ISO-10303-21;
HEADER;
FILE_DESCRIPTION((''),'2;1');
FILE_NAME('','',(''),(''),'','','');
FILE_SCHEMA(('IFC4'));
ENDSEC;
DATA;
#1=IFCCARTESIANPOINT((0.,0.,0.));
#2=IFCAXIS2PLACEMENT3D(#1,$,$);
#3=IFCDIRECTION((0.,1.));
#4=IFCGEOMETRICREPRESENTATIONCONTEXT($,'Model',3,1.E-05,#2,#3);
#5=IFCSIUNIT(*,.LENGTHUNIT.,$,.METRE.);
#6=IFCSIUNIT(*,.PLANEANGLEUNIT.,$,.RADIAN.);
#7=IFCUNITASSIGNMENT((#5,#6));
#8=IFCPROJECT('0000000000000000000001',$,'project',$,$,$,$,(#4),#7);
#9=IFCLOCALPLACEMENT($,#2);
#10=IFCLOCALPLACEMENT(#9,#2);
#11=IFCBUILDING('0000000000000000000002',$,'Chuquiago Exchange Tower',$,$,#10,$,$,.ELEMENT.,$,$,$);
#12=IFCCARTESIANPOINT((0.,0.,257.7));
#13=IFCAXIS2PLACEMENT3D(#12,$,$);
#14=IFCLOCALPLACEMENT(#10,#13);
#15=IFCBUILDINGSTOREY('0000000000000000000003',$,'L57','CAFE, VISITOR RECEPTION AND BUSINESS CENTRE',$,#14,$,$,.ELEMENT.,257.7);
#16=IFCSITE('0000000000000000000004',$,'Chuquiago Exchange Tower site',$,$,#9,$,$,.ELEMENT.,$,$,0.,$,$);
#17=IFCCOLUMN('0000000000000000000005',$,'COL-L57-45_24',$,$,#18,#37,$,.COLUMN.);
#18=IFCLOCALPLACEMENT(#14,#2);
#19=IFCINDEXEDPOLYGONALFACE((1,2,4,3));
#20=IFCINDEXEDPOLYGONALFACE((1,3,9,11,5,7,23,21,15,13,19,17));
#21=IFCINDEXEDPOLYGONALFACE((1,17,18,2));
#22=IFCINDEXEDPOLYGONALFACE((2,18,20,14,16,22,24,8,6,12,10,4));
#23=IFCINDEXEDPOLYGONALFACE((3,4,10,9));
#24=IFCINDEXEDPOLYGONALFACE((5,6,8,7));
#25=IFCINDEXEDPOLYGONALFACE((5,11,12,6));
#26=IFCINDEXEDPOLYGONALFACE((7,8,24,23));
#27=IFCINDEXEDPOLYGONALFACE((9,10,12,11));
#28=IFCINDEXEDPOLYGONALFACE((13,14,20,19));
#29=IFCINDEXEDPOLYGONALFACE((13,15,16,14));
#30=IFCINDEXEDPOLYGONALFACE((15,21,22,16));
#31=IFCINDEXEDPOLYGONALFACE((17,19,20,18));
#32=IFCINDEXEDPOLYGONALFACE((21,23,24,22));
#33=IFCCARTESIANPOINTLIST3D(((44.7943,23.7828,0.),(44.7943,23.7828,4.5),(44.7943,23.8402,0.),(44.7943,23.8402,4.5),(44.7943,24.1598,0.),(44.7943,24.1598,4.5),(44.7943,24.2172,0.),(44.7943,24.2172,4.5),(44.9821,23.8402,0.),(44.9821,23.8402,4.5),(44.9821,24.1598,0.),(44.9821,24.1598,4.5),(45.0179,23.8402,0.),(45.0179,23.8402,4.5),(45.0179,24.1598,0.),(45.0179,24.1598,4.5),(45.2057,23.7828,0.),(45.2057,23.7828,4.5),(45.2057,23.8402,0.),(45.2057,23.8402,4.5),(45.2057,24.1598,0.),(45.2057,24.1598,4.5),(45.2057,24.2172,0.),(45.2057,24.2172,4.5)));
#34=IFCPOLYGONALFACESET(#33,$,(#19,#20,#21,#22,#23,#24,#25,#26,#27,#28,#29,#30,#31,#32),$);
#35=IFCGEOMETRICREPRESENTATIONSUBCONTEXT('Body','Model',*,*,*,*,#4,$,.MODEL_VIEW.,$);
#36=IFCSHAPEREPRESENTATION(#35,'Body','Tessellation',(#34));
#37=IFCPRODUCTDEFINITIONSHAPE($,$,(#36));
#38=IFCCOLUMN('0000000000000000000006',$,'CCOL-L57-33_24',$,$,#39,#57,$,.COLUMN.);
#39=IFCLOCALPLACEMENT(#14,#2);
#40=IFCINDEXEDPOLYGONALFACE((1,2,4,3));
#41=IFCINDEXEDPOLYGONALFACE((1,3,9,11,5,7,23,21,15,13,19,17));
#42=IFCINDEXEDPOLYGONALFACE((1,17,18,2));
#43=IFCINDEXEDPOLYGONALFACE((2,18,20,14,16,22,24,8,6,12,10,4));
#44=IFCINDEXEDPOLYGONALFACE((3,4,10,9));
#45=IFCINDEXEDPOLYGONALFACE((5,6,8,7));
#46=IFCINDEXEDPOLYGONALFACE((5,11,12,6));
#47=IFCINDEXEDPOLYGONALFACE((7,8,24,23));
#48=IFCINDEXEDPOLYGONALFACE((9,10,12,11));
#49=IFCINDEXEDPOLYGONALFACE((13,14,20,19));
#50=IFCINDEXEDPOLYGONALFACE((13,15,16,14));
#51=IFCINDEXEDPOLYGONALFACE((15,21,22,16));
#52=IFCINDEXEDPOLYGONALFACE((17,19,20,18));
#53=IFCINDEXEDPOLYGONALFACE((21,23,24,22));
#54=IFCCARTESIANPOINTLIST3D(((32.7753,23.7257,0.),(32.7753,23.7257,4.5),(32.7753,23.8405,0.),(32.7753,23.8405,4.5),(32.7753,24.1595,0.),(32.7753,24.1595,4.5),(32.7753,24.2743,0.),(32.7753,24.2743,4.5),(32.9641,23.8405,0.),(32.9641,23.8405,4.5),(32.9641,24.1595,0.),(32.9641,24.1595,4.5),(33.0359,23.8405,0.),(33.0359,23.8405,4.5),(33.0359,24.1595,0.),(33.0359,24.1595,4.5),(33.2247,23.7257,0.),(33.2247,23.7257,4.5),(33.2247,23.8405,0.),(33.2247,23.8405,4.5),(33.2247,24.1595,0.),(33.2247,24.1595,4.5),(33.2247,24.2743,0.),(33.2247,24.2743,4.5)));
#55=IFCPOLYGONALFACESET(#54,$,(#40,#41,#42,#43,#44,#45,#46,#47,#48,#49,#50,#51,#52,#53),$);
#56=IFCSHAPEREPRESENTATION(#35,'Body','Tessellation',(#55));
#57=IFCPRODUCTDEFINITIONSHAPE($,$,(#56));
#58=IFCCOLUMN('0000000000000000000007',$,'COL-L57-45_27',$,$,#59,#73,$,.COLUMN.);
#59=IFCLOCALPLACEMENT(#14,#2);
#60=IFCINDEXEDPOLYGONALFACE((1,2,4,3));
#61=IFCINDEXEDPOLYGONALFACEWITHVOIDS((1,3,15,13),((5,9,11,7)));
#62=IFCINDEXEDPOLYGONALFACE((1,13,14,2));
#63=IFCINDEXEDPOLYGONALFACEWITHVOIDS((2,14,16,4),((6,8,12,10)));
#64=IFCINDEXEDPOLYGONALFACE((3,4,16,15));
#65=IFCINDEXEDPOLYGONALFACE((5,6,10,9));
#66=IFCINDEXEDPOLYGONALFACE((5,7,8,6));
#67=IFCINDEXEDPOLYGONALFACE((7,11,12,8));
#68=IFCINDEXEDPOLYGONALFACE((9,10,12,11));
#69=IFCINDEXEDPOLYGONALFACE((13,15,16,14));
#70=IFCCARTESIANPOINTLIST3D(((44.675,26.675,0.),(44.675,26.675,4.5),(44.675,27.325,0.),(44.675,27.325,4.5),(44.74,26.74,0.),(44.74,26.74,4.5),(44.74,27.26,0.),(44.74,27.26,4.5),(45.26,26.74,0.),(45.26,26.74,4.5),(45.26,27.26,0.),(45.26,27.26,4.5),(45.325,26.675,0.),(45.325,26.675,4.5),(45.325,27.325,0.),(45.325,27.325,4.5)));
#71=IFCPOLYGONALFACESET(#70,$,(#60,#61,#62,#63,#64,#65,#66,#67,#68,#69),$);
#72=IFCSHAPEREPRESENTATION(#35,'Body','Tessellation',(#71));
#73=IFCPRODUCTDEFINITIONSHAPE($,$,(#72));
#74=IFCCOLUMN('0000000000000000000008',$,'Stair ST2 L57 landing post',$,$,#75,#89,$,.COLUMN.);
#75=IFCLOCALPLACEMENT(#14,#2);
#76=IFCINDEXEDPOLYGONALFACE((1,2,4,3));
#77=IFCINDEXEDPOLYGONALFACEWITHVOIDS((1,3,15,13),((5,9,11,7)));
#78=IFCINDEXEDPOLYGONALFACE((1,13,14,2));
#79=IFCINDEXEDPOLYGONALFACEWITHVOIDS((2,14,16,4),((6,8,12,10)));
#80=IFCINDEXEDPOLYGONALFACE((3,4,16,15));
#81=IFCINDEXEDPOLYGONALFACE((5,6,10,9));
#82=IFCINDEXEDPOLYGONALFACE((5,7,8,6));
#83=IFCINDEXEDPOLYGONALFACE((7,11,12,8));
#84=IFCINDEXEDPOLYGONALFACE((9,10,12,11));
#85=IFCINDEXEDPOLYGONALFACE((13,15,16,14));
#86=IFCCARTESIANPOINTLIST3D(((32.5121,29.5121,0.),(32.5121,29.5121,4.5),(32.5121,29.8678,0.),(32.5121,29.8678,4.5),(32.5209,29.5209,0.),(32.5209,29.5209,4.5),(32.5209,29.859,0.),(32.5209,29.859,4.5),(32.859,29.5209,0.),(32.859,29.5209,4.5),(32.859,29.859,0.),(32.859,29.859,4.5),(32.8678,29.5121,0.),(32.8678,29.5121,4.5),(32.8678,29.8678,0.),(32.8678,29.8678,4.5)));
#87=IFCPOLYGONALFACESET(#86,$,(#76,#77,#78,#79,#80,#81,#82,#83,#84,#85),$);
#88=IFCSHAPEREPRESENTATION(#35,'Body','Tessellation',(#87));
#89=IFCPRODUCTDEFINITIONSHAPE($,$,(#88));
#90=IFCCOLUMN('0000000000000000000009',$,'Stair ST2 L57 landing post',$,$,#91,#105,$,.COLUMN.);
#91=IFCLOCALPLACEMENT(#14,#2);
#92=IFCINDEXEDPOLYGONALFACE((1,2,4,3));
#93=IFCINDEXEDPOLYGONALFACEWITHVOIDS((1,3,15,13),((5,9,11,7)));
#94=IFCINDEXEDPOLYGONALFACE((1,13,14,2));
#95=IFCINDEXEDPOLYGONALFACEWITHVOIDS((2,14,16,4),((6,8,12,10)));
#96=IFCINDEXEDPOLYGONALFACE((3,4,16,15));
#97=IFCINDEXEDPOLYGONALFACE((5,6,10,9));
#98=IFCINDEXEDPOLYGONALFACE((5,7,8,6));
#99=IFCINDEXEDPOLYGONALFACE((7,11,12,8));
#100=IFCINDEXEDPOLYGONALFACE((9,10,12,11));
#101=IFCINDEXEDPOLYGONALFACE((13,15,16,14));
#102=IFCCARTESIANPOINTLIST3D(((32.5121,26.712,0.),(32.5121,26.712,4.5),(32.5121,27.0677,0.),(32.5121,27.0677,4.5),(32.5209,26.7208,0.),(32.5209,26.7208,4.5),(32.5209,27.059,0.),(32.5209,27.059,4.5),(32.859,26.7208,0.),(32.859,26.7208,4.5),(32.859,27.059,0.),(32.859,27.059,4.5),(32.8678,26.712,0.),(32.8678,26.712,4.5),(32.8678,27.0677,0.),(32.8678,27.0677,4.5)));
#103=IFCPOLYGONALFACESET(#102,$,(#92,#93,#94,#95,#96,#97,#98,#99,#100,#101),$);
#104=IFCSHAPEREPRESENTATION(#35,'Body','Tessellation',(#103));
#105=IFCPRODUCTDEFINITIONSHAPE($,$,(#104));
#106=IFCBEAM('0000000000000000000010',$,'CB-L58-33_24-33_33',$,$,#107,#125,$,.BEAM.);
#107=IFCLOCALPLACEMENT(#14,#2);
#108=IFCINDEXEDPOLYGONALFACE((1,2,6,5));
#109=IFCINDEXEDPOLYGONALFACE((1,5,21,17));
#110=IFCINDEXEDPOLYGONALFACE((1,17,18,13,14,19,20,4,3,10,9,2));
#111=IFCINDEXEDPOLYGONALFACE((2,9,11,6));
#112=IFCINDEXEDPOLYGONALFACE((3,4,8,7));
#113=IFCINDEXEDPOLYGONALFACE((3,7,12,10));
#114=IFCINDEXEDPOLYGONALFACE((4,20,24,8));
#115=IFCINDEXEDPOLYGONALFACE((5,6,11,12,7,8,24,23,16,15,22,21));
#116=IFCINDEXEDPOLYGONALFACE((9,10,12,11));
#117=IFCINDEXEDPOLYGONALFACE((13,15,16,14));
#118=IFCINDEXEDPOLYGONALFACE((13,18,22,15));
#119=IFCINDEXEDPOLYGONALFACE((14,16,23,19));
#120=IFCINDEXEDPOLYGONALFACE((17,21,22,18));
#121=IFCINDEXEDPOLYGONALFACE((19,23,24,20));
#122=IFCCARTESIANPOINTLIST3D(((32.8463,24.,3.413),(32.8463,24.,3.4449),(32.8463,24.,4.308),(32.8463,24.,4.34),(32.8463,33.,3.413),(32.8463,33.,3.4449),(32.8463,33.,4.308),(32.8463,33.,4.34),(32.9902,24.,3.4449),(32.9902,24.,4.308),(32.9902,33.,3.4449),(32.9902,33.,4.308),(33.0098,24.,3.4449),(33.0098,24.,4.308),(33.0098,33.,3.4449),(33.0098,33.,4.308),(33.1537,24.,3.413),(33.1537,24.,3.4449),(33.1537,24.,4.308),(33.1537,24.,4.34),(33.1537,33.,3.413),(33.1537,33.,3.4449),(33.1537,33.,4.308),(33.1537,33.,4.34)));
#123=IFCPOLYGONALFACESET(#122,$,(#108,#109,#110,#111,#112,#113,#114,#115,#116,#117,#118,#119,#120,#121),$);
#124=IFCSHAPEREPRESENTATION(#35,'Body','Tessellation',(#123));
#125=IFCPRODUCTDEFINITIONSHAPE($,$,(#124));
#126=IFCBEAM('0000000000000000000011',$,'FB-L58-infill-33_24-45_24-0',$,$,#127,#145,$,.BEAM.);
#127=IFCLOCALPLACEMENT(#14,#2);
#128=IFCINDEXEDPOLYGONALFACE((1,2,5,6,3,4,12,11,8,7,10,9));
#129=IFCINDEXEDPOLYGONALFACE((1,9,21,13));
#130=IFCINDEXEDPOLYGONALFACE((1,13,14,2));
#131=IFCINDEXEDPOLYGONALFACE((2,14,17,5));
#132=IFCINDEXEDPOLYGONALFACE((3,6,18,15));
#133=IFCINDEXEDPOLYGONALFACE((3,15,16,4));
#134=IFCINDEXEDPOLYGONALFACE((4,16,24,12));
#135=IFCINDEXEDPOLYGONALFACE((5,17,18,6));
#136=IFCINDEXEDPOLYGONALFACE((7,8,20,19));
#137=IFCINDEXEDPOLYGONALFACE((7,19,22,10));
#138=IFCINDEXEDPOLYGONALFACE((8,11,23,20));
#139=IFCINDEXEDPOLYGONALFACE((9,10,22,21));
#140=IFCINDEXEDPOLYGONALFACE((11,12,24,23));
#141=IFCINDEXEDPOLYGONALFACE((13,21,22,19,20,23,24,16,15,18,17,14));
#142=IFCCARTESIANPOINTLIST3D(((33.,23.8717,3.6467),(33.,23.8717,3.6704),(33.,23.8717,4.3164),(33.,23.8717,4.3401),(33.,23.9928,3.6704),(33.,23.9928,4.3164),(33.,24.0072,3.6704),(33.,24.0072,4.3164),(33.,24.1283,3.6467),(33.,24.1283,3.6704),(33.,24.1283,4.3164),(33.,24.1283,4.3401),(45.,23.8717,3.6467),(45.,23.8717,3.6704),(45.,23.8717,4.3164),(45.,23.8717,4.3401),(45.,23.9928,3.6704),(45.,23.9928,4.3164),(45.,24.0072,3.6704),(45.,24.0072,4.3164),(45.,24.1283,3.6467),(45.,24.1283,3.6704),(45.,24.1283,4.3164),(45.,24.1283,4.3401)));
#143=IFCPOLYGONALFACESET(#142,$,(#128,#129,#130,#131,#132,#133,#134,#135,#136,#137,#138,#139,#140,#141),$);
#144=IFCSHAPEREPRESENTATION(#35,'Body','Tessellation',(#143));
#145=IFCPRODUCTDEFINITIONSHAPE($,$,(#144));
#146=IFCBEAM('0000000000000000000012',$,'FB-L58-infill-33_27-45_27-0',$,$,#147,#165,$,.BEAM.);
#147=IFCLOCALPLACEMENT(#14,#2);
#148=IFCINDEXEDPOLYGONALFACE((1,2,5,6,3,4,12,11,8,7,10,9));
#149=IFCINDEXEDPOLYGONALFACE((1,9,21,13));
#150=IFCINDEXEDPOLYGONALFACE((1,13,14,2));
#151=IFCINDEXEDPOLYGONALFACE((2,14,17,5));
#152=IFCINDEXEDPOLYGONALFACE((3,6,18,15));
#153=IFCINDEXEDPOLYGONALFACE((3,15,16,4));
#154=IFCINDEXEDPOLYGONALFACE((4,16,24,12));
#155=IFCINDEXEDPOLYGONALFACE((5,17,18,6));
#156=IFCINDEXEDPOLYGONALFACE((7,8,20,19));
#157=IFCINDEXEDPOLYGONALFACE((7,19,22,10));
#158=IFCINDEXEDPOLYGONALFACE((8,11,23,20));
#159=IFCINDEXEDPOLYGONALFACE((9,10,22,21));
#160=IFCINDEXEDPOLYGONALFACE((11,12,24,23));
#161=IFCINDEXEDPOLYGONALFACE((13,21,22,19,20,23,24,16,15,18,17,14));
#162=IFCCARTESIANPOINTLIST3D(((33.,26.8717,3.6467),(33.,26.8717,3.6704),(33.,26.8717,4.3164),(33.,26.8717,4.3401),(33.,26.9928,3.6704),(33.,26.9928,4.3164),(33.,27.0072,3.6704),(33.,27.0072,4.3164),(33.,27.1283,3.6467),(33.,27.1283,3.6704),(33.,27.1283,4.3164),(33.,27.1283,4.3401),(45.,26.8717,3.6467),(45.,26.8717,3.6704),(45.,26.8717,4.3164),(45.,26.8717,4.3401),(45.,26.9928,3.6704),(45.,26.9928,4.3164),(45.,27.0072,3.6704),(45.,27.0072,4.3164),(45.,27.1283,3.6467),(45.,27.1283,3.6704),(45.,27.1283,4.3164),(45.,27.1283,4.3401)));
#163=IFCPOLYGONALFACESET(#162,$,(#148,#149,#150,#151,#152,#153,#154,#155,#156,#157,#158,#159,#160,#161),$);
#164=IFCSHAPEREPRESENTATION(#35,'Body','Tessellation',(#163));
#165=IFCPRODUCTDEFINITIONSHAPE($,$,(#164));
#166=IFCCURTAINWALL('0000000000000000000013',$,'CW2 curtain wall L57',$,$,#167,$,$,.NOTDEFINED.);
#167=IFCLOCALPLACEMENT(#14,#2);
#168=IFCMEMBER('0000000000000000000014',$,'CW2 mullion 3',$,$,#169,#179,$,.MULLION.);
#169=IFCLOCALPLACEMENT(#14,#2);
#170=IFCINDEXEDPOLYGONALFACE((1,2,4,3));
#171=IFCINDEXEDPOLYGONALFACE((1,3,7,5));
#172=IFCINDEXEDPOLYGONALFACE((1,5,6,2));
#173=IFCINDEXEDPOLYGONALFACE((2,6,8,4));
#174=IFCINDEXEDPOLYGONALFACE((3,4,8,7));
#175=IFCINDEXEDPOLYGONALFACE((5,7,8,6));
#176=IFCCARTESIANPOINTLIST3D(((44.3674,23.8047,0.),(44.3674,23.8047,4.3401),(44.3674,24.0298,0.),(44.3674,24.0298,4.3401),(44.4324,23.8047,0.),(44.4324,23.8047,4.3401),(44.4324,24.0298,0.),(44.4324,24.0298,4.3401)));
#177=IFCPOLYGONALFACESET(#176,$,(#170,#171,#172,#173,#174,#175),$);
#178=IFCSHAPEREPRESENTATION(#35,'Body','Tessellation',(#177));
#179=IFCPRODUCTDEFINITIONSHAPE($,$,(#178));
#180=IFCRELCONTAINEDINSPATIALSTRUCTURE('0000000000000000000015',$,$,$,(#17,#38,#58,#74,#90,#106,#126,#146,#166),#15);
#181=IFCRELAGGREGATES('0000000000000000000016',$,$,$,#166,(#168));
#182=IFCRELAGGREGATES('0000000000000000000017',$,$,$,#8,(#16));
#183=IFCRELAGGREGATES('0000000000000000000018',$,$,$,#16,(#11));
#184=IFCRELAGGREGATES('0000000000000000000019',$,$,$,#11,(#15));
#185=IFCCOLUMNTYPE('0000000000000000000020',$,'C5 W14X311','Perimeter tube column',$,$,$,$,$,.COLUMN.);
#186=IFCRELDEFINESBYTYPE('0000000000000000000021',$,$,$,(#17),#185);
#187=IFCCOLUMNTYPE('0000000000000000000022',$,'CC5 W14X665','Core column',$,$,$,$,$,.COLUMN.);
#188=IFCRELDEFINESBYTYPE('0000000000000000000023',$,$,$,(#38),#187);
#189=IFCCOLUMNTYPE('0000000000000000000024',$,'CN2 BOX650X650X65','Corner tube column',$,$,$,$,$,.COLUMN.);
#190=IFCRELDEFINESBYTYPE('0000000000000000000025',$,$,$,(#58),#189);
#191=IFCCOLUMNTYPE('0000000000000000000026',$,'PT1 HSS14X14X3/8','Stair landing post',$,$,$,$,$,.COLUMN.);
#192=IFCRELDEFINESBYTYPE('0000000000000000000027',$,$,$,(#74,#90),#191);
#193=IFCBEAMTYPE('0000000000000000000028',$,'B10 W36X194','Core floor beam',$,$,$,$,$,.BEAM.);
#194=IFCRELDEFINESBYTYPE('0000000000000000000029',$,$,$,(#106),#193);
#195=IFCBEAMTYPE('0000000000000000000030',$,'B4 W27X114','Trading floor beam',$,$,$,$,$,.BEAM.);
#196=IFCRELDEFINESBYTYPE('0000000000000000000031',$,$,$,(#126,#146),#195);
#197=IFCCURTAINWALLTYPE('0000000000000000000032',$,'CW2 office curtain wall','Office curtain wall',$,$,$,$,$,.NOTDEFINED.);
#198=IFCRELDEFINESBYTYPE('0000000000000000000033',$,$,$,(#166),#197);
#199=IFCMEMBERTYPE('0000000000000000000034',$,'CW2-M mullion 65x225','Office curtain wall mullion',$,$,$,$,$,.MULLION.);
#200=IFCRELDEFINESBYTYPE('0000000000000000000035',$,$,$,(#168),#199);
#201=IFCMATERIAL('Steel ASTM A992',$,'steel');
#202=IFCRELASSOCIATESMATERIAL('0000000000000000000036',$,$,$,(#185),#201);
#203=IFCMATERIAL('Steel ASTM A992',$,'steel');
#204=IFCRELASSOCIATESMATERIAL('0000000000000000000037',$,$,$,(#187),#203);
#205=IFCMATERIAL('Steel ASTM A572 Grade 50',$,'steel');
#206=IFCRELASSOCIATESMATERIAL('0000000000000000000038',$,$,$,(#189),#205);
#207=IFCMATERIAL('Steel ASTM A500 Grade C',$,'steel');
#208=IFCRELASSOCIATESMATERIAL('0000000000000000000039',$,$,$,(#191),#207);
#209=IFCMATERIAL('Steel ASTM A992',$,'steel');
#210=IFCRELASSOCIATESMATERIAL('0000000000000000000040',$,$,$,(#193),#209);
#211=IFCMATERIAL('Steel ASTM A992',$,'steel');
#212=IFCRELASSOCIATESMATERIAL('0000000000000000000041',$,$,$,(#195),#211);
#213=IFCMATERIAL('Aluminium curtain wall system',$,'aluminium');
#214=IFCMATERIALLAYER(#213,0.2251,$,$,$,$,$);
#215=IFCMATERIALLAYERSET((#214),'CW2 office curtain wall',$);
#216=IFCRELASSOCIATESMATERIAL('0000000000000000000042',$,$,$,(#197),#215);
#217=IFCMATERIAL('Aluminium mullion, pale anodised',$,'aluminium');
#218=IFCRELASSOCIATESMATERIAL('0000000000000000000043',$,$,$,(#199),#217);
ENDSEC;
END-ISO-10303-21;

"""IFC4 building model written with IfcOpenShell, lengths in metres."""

from ifc_helpers import new_model, si_unit, direction, frame, origin, origin_2d, place, context, subcontext, project, spatial, rectangle, hollow_rectangle, i_section, extrude, material, layer, layer_set, material_profile, profile_set, type_object, element, aggregate, save


model = new_model("IFC4")

# Units and contexts
model_context = context("Model", 3, precision=1e-05, world=origin(), true_north=direction((0.0, 1.0)))
body_context = subcontext(model_context, "Body", "Model", "MODEL_VIEW")
ifc_project = project(units=[si_unit("LENGTHUNIT", "METRE"), si_unit("PLANEANGLEUNIT", "RADIAN")], contexts=[model_context])

# Site, building, storey
site_placement = place(None, origin())
site = spatial("IfcSite", under=ifc_project, at=site_placement, Name="Chuquiago Exchange Tower site", CompositionType="ELEMENT", RefElevation=0.0)
building_placement = place(site_placement, origin())
building = spatial("IfcBuilding", under=site, at=building_placement, Name="Chuquiago Exchange Tower", CompositionType="ELEMENT")
storey_placement = place(building_placement, frame((0.0, 0.0, 257.7)))
storey = spatial("IfcBuildingStorey", under=building, at=storey_placement, Name="L57", Description="CAFE, VISITOR RECEPTION AND BUSINESS CENTRE", CompositionType="ELEMENT", Elevation=257.7)

# Columns
ifc_material_1 = material(Name="Steel ASTM A992", Category="steel")
ifc_material_profile_1 = material_profile(ifc_material_1, i_section(OverallWidth=0.4114, OverallDepth=0.4343, WebThickness=0.0359, FlangeThickness=0.0574, at=origin_2d()), Name="W14X311")
ifc_profile_set_1 = profile_set([ifc_material_profile_1], Name="Steel ASTM A992")
column_type_1 = type_object("IfcColumnType", Name="C5 W14X311", Description="Perimeter tube column", PredefinedType="COLUMN", material=ifc_profile_set_1)
column_1_placement = place(storey_placement, frame((45.0, 24.0, 0.0), z_axis=(0.0, 0.0, 1.0), x_axis=(1.0, 0.0, 0.0)))
element("IfcColumn", 1, at=column_1_placement, inside=storey, type_object=column_type_1, Name="COL-L57-45_24", PredefinedType="COLUMN", context=body_context, shape_type="SweptSolid", body=[
    extrude(i_section(OverallWidth=0.4114, OverallDepth=0.4343, WebThickness=0.0359, FlangeThickness=0.0574, at=origin_2d()), origin(), (0.0, 0.0, 1.0), 4.5),
])
ifc_material_2 = material(Name="Steel ASTM A992", Category="steel")
ifc_material_profile_2 = material_profile(ifc_material_2, i_section(OverallWidth=0.4495, OverallDepth=0.5486, WebThickness=0.0718, FlangeThickness=0.1147, at=origin_2d()), Name="W14X665")
ifc_profile_set_2 = profile_set([ifc_material_profile_2], Name="Steel ASTM A992")
column_type_2 = type_object("IfcColumnType", Name="CC5 W14X665", Description="Core column", PredefinedType="COLUMN", material=ifc_profile_set_2)
column_2_placement = place(storey_placement, frame((33.0, 24.0, 0.0), z_axis=(0.0, 0.0, 1.0), x_axis=(1.0, 0.0, 0.0)))
element("IfcColumn", 2, at=column_2_placement, inside=storey, type_object=column_type_2, Name="CCOL-L57-33_24", PredefinedType="COLUMN", context=body_context, shape_type="SweptSolid", body=[
    extrude(i_section(OverallWidth=0.4495, OverallDepth=0.5486, WebThickness=0.0718, FlangeThickness=0.1147, at=origin_2d()), origin(), (0.0, 0.0, 1.0), 4.5),
])
ifc_material_3 = material(Name="Steel ASTM A572 Grade 50", Category="steel")
ifc_material_profile_3 = material_profile(ifc_material_3, hollow_rectangle(XDim=0.6499, YDim=0.6499, WallThickness=0.0649, at=origin_2d()), Name="BOX650X650X65")
ifc_profile_set_3 = profile_set([ifc_material_profile_3], Name="Steel ASTM A572 Grade 50")
column_type_3 = type_object("IfcColumnType", Name="CN2 BOX650X650X65", Description="Corner tube column", PredefinedType="COLUMN", material=ifc_profile_set_3)
column_3_placement = place(storey_placement, frame((45.0, 27.0, 0.0), z_axis=(0.0, 0.0, 1.0), x_axis=(1.0, 0.0, 0.0)))
element("IfcColumn", 3, at=column_3_placement, inside=storey, type_object=column_type_3, Name="COL-L57-45_27", PredefinedType="COLUMN", context=body_context, shape_type="SweptSolid", body=[
    extrude(hollow_rectangle(XDim=0.6499, YDim=0.6499, WallThickness=0.0649, at=origin_2d()), origin(), (0.0, 0.0, 1.0), 4.5),
])
ifc_material_4 = material(Name="Steel ASTM A500 Grade C", Category="steel")
ifc_material_profile_4 = material_profile(ifc_material_4, hollow_rectangle(XDim=0.3557, YDim=0.3557, WallThickness=0.0088, at=origin_2d()), Name="HSS14X14X3/8")
ifc_profile_set_4 = profile_set([ifc_material_profile_4], Name="Steel ASTM A500 Grade C")
column_type_4 = type_object("IfcColumnType", Name="PT1 HSS14X14X3/8", Description="Stair landing post", PredefinedType="COLUMN", material=ifc_profile_set_4)
for number, where, z_axis, x_axis, name in (
    (4, (32.6899, 29.6899, 0.0), (0.0, 0.0, 1.0), (1.0, 0.0, 0.0), "Stair ST2 L57 landing post"),
    (5, (32.6899, 26.8899, 0.0), (0.0, 0.0, 1.0), (1.0, 0.0, 0.0), "Stair ST2 L57 landing post"),
):
    element("IfcColumn", number, at=place(storey_placement, frame(where, z_axis=z_axis, x_axis=x_axis)), inside=storey, type_object=column_type_4, Name=name, PredefinedType="COLUMN", context=body_context, shape_type="SweptSolid", body=[
        extrude(hollow_rectangle(XDim=0.3557, YDim=0.3557, WallThickness=0.0088, at=origin_2d()), origin(), (0.0, 0.0, 1.0), 4.5),
    ])

# Beams
ifc_material_5 = material(Name="Steel ASTM A992", Category="steel")
ifc_material_profile_5 = material_profile(ifc_material_5, i_section(OverallWidth=0.3074, OverallDepth=0.927, WebThickness=0.0195, FlangeThickness=0.032, at=origin_2d()), Name="W36X194")
ifc_profile_set_5 = profile_set([ifc_material_profile_5], Name="Steel ASTM A992")
beam_type_1 = type_object("IfcBeamType", Name="B10 W36X194", Description="Core floor beam", PredefinedType="BEAM", material=ifc_profile_set_5)
beam_1_placement = place(storey_placement, frame((33.0, 24.0, 3.8765), z_axis=(0.0, 1.0, 0.0), x_axis=(-1.0, 0.0, 0.0)))
element("IfcBeam", 6, at=beam_1_placement, inside=storey, type_object=beam_type_1, Name="CB-L58-33_24-33_33", PredefinedType="BEAM", context=body_context, shape_type="SweptSolid", body=[
    extrude(i_section(OverallWidth=0.3074, OverallDepth=0.927, WebThickness=0.0195, FlangeThickness=0.032, at=origin_2d()), origin(), (0.0, 0.0, 1.0), 9.0),
])
ifc_material_6 = material(Name="Steel ASTM A992", Category="steel")
ifc_material_profile_6 = material_profile(ifc_material_6, i_section(OverallWidth=0.2566, OverallDepth=0.6934, WebThickness=0.0144, FlangeThickness=0.0237, at=origin_2d()), Name="W27X114")
ifc_profile_set_6 = profile_set([ifc_material_profile_6], Name="Steel ASTM A992")
beam_type_2 = type_object("IfcBeamType", Name="B4 W27X114", Description="Trading floor beam", PredefinedType="BEAM", material=ifc_profile_set_6)
for number, where, z_axis, x_axis, name in (
    (7, (33.0, 24.0, 3.9934), (1.0, 0.0, 0.0), (0.0, 1.0, 0.0), "FB-L58-infill-33_24-45_24-0"),
    (8, (33.0, 27.0, 3.9934), (1.0, 0.0, 0.0), (0.0, 1.0, 0.0), "FB-L58-infill-33_27-45_27-0"),
):
    element("IfcBeam", number, at=place(storey_placement, frame(where, z_axis=z_axis, x_axis=x_axis)), inside=storey, type_object=beam_type_2, Name=name, PredefinedType="BEAM", context=body_context, shape_type="SweptSolid", body=[
        extrude(i_section(OverallWidth=0.2566, OverallDepth=0.6934, WebThickness=0.0144, FlangeThickness=0.0237, at=origin_2d()), origin(), (0.0, 0.0, 1.0), 12.0),
    ])

# Curtain wall, member
ifc_material_7 = material(Name="Aluminium curtain wall system", Category="aluminium")
ifc_layer_1 = layer(ifc_material_7, 0.2251)
ifc_layer_set_1 = layer_set([ifc_layer_1], Name="CW2 office curtain wall")
curtain_wall_type_1 = type_object("IfcCurtainWallType", Name="CW2 office curtain wall", Description="Office curtain wall", PredefinedType="NOTDEFINED", material=ifc_layer_set_1)
curtain_wall_1_placement = place(storey_placement, origin())
curtain_wall_1 = element("IfcCurtainWall", 9, at=curtain_wall_1_placement, inside=storey, type_object=curtain_wall_type_1, Name="CW2 curtain wall L57", PredefinedType="NOTDEFINED")
ifc_material_8 = material(Name="Aluminium mullion, pale anodised", Category="aluminium")
ifc_material_profile_7 = material_profile(ifc_material_8, rectangle(XDim=0.0649, YDim=0.2251, at=origin_2d()), Name="AL 65x225")
ifc_profile_set_7 = profile_set([ifc_material_profile_7], Name="Aluminium mullion, pale anodised")
member_type_1 = type_object("IfcMemberType", Name="CW2-M mullion 65x225", Description="Office curtain wall mullion", PredefinedType="MULLION", material=ifc_profile_set_7)
member_1_placement = place(storey_placement, frame((44.3999, 23.9172, 0.0), z_axis=(0.0, 0.0, 1.0), x_axis=(-1.0, 0.0, 0.0)))
member_1 = element("IfcMember", 10, at=member_1_placement, type_object=member_type_1, Name="CW2 mullion 3", PredefinedType="MULLION", context=body_context, shape_type="SweptSolid", body=[
    extrude(rectangle(XDim=0.0649, YDim=0.2251, at=origin_2d()), origin(), (0.0, 0.0, 1.0), 4.3401),
])

aggregate(curtain_wall_1, [member_1])

save(model, "model.ifc")
